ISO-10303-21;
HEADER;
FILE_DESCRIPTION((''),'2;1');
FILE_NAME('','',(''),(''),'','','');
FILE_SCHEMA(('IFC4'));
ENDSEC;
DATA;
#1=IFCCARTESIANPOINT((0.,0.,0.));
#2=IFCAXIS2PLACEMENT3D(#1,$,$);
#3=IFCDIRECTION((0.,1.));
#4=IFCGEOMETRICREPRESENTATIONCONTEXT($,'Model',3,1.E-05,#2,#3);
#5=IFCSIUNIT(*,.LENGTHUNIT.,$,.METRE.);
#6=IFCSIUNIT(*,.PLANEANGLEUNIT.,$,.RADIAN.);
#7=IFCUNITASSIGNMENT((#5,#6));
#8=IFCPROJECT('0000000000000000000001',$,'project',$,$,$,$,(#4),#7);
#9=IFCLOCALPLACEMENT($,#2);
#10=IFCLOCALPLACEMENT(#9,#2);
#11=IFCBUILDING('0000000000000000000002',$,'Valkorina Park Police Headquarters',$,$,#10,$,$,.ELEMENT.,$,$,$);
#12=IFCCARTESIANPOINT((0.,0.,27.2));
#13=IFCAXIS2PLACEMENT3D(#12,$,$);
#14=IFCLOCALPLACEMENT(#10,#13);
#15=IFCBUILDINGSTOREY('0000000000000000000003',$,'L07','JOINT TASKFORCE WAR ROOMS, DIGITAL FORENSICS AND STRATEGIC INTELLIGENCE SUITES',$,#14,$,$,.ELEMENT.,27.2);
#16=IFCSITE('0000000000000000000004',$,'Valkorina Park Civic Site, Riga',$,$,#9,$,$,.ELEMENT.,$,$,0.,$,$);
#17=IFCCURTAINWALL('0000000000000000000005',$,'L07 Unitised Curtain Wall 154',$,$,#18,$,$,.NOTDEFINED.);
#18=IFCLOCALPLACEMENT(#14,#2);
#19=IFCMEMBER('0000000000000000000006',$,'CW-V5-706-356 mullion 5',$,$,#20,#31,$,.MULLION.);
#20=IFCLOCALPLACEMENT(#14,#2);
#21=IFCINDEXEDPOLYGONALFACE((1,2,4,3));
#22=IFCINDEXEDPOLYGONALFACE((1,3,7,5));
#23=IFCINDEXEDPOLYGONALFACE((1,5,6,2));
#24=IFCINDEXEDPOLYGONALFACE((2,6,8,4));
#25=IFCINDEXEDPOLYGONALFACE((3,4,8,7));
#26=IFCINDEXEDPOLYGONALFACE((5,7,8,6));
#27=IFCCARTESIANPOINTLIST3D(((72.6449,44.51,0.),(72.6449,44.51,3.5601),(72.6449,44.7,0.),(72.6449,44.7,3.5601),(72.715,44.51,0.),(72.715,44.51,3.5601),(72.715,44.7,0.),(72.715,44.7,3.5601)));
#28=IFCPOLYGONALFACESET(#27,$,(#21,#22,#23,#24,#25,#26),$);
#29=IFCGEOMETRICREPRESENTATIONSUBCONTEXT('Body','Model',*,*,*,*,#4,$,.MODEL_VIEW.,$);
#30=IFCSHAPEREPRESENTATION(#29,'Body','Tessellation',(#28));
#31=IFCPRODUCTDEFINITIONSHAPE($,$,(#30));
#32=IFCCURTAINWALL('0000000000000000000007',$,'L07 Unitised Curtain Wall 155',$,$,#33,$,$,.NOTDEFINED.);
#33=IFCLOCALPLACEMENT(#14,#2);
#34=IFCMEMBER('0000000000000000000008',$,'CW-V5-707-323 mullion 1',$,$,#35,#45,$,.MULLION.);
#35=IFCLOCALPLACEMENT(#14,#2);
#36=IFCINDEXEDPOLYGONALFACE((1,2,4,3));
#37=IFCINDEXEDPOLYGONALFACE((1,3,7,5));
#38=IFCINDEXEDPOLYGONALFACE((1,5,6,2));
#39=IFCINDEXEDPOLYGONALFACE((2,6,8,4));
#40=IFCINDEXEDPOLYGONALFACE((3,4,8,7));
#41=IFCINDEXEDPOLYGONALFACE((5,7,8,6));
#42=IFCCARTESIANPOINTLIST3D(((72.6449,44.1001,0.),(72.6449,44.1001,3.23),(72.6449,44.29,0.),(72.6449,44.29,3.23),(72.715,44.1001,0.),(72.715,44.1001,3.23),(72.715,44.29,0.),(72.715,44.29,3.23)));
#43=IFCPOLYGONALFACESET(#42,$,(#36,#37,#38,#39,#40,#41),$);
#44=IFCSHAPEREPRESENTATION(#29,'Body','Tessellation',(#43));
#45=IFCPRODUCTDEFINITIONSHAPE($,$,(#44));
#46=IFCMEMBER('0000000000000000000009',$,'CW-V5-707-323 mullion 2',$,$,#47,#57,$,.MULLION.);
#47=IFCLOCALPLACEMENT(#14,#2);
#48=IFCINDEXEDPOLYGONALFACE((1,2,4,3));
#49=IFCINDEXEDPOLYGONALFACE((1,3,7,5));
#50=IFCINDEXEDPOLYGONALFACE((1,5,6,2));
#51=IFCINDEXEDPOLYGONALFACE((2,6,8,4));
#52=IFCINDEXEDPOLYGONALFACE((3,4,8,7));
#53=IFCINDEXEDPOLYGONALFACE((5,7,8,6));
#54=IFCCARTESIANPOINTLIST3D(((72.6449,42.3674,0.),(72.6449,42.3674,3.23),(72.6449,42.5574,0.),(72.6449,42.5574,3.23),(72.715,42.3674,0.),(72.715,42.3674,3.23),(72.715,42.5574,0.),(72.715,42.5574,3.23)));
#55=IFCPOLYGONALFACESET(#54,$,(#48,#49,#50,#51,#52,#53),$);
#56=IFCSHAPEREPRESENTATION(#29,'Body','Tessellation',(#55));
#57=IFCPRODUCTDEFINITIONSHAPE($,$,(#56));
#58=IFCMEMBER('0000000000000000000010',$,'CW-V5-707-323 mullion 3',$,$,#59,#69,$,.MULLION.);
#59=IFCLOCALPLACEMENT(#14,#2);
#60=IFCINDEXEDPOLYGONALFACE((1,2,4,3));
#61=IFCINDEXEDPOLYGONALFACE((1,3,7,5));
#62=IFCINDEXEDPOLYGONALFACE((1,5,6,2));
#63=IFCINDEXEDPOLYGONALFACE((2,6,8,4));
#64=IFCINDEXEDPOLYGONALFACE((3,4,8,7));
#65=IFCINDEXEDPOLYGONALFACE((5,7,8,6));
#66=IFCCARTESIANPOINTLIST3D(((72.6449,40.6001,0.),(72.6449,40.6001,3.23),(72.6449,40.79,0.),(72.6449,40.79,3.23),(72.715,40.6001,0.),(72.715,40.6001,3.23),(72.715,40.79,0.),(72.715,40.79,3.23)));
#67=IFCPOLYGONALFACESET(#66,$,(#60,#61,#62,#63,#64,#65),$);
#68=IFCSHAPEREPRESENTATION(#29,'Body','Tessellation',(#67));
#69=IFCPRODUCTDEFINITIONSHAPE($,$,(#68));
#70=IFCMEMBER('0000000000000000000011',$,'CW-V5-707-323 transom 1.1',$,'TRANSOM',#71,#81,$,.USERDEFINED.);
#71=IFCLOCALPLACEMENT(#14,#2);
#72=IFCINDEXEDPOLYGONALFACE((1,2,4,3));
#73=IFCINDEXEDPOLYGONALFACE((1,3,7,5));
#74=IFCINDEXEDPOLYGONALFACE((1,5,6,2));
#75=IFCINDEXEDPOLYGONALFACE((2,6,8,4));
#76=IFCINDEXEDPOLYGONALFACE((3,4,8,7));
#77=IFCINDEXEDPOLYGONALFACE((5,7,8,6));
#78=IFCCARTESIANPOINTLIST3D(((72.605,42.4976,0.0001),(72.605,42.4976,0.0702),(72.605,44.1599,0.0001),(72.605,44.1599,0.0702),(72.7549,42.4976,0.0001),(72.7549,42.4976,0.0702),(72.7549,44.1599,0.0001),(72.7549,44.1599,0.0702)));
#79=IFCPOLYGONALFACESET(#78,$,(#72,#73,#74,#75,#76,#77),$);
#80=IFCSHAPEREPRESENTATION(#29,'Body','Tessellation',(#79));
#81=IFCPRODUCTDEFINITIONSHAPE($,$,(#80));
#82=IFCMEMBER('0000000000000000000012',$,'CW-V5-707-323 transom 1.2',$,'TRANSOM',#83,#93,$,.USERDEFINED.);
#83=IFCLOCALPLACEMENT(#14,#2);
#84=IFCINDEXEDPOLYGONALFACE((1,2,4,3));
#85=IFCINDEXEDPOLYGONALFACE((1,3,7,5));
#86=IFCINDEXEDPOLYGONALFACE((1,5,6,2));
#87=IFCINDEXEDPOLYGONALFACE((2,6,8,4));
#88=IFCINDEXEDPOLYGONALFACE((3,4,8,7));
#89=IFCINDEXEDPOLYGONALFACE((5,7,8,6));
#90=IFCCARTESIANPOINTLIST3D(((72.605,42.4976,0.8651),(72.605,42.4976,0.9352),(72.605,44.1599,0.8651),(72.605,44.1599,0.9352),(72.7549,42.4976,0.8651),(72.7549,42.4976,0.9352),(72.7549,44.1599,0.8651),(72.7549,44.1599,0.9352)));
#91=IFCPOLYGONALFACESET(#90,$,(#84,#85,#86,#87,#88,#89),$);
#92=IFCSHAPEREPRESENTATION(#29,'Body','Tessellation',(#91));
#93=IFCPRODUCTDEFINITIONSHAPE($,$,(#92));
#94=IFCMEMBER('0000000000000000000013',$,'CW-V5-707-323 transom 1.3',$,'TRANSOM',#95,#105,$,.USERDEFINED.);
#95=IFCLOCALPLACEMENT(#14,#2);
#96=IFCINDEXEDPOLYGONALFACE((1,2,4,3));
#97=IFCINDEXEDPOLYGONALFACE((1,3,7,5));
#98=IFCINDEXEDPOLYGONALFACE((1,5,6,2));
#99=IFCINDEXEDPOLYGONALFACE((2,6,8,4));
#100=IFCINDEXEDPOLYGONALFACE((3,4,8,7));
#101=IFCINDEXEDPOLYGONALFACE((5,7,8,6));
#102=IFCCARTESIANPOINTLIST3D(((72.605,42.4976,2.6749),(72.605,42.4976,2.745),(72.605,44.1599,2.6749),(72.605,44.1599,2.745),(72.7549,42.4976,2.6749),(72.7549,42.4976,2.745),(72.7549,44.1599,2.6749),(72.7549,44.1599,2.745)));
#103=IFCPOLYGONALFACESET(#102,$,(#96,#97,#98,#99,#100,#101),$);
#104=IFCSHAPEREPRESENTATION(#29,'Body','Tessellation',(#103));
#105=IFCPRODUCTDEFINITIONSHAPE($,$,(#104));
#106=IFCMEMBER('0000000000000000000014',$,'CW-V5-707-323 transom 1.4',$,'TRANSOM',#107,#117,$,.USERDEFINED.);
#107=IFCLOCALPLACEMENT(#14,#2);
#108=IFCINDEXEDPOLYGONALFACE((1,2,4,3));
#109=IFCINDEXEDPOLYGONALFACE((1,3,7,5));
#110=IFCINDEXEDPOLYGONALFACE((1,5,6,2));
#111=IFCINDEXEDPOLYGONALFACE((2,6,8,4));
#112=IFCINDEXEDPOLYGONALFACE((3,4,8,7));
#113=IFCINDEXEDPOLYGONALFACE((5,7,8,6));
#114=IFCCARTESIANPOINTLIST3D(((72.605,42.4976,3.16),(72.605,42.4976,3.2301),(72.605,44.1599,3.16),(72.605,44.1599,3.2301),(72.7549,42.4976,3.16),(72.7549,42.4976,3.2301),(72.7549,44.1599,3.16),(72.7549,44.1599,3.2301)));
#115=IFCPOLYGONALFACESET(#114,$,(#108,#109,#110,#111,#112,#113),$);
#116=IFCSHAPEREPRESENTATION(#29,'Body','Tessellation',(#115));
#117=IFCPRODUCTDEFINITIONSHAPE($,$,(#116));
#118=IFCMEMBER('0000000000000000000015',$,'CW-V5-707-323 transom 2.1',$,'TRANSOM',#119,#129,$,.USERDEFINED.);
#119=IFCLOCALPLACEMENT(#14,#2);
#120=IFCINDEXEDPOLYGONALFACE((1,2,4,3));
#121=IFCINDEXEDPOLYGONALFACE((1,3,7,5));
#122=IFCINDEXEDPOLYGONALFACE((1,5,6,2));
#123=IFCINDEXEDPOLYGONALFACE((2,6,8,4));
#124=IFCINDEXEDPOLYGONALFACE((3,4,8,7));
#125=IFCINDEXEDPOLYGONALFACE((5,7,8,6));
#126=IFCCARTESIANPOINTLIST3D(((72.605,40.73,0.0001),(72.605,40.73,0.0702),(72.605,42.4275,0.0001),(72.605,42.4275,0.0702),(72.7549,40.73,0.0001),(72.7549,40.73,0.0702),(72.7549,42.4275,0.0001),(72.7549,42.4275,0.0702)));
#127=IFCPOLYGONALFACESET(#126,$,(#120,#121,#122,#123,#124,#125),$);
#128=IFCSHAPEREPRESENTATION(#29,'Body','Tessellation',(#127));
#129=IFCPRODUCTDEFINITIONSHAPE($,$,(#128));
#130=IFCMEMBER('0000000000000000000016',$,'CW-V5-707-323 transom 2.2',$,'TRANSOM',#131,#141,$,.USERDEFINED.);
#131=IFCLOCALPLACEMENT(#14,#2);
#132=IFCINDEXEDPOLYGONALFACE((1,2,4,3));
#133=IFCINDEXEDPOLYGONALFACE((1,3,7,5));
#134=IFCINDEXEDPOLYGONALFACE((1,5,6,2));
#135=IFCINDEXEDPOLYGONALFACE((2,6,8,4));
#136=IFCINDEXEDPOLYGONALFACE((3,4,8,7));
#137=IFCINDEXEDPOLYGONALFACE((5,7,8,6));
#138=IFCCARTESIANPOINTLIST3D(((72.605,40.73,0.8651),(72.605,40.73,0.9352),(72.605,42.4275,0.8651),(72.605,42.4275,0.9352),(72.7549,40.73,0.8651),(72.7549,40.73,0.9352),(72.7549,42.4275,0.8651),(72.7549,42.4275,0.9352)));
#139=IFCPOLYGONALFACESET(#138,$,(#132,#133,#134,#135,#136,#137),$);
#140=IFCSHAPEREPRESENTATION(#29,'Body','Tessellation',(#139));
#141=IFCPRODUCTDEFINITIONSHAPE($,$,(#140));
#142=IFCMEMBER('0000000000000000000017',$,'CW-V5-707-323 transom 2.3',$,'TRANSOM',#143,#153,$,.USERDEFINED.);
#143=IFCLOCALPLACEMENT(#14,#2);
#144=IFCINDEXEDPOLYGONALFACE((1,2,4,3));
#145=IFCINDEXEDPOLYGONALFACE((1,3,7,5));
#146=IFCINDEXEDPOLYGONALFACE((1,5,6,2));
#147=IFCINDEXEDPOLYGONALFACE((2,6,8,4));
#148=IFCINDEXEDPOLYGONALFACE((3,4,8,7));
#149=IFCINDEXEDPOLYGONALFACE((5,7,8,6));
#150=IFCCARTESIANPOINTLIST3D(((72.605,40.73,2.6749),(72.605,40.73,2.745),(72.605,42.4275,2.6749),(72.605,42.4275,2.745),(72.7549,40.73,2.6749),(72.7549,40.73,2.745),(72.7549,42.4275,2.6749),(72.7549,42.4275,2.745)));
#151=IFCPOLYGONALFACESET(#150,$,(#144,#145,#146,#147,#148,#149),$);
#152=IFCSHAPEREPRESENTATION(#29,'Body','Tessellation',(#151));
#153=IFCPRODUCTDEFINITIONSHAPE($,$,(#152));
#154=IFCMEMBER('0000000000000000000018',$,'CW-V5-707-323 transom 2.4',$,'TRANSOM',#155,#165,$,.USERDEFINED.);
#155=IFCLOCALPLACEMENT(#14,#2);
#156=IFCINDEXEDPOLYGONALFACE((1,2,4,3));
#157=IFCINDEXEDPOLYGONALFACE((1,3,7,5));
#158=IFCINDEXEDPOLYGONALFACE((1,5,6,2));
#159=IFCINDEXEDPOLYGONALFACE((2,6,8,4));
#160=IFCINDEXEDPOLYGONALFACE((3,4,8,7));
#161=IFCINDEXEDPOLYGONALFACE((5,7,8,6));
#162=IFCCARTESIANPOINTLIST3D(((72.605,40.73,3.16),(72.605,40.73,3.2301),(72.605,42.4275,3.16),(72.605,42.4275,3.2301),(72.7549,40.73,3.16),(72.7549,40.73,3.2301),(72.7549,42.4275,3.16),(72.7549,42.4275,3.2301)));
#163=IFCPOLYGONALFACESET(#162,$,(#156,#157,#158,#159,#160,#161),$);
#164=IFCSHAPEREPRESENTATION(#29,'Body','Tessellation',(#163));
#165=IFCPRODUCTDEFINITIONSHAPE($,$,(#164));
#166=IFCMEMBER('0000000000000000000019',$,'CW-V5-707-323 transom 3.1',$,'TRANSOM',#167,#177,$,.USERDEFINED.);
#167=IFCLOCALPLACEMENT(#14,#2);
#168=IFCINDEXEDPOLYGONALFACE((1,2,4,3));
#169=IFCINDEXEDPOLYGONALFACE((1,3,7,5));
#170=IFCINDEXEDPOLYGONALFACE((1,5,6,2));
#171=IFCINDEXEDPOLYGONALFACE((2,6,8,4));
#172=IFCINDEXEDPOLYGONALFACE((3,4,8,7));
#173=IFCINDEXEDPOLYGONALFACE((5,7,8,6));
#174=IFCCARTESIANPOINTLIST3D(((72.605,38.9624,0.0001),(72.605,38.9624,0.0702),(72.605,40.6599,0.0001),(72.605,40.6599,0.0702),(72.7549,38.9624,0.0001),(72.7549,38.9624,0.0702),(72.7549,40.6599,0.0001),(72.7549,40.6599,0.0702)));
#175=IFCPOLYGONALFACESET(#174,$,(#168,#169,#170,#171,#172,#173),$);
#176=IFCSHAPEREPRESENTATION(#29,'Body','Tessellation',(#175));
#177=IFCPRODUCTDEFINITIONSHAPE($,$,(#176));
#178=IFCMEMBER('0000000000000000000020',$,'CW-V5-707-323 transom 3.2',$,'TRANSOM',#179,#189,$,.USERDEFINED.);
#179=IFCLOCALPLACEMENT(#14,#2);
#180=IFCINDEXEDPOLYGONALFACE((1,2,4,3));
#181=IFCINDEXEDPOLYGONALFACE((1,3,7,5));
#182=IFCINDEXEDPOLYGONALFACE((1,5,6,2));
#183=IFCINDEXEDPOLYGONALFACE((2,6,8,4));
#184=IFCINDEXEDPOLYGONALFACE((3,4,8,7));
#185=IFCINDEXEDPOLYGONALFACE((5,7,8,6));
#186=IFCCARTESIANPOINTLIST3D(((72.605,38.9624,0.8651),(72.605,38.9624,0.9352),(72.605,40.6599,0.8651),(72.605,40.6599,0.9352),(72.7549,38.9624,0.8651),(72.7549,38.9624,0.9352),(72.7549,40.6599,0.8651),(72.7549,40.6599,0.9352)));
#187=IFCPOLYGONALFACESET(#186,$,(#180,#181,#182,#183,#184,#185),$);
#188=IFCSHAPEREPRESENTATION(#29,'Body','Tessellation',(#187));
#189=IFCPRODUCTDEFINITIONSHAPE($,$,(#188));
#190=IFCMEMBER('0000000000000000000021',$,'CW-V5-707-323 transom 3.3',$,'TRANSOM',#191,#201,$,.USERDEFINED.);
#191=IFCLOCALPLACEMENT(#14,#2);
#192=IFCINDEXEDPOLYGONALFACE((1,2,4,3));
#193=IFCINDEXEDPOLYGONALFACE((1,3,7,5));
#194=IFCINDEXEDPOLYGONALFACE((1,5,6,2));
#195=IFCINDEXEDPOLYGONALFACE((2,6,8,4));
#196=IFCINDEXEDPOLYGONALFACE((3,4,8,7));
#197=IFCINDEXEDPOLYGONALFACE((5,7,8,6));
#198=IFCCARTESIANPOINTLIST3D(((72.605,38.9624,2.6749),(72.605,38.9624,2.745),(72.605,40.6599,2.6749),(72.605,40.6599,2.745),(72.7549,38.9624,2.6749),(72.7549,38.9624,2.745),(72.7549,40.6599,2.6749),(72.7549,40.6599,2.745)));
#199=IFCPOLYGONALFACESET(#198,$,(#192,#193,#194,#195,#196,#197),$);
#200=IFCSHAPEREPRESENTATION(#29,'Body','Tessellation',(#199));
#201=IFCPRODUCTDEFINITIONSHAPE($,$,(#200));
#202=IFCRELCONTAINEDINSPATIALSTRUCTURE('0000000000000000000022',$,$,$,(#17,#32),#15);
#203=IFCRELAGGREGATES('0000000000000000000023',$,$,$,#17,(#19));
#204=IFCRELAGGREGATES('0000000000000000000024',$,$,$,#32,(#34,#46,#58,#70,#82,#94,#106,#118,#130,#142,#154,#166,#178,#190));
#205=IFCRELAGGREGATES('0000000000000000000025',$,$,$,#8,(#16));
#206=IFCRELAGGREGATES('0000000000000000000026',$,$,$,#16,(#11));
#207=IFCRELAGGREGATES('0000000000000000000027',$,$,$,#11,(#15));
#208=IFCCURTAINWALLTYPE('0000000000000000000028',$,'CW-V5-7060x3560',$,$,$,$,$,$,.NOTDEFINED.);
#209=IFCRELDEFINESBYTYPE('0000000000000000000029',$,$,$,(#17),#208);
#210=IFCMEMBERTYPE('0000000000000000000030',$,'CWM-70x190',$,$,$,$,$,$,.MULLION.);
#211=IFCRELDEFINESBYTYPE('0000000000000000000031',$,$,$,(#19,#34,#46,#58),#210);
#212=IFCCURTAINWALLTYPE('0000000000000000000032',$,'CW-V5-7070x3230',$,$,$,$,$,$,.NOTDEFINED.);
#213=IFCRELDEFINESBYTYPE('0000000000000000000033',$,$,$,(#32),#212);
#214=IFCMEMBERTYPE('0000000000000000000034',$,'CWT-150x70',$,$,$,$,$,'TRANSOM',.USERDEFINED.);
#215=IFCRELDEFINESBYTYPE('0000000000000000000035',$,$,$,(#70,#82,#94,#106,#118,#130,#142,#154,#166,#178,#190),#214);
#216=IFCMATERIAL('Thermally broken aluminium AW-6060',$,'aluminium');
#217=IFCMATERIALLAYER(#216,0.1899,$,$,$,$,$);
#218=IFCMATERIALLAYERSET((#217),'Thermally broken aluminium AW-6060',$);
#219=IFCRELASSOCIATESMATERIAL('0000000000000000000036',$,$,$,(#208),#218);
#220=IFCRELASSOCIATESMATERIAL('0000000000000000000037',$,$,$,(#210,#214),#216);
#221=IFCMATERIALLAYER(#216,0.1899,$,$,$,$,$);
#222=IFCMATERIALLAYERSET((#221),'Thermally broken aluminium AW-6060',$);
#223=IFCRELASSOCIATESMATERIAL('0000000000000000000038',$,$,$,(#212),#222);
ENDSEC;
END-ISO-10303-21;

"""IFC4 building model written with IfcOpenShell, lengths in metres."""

from ifc_helpers import new_model, si_unit, direction, frame, origin, origin_2d, place, context, subcontext, project, spatial, rectangle, extrude, material, layer, layer_set, material_profile, profile_set, type_object, element, aggregate, save


model = new_model("IFC4")

# Units and contexts
model_context = context("Model", 3, precision=1e-05, world=origin(), true_north=direction((0.0, 1.0)))
body_context = subcontext(model_context, "Body", "Model", "MODEL_VIEW")
ifc_project = project(units=[si_unit("LENGTHUNIT", "METRE"), si_unit("PLANEANGLEUNIT", "RADIAN")], contexts=[model_context])

# Site, building, storey
site_placement = place(None, origin())
site = spatial("IfcSite", under=ifc_project, at=site_placement, Name="Valkorina Park Civic Site, Riga", CompositionType="ELEMENT", RefElevation=0.0)
building_placement = place(site_placement, origin())
building = spatial("IfcBuilding", under=site, at=building_placement, Name="Valkorina Park Police Headquarters", CompositionType="ELEMENT")
storey_placement = place(building_placement, frame((0.0, 0.0, 27.2)))
storey = spatial("IfcBuildingStorey", under=building, at=storey_placement, Name="L07", Description="JOINT TASKFORCE WAR ROOMS, DIGITAL FORENSICS AND STRATEGIC INTELLIGENCE SUITES", CompositionType="ELEMENT", Elevation=27.2)

# Curtain wall, member
ifc_material_1 = material(Name="Thermally broken aluminium AW-6060", Category="aluminium")
ifc_layer_1 = layer(ifc_material_1, 0.1899)
ifc_layer_set_1 = layer_set([ifc_layer_1], Name="Thermally broken aluminium AW-6060")
curtain_wall_type_1 = type_object("IfcCurtainWallType", Name="CW-V5-7060x3560", PredefinedType="NOTDEFINED", material=ifc_layer_set_1)
curtain_wall_1_placement = place(storey_placement, origin())
curtain_wall_1 = element("IfcCurtainWall", 1, at=curtain_wall_1_placement, inside=storey, type_object=curtain_wall_type_1, Name="L07 Unitised Curtain Wall 154", PredefinedType="NOTDEFINED")
ifc_material_profile_1 = material_profile(ifc_material_1, rectangle(XDim=0.0701, YDim=0.1899, at=origin_2d()), Name="CWM-02 70x190")
ifc_profile_set_1 = profile_set([ifc_material_profile_1], Name="Thermally broken aluminium AW-6060")
member_type_1 = type_object("IfcMemberType", Name="CWM-70x190", PredefinedType="MULLION", material=ifc_profile_set_1)
member_1_placement = place(storey_placement, frame((72.6799, 44.605, 0.0), z_axis=(0.0, 0.0, 1.0), x_axis=(1.0, 0.0, 0.0)))
member_1 = element("IfcMember", 2, at=member_1_placement, type_object=member_type_1, Name="CW-V5-706-356 mullion 5", PredefinedType="MULLION", context=body_context, shape_type="SweptSolid", body=[
    extrude(rectangle(XDim=0.0701, YDim=0.1899, at=origin_2d()), origin(), (0.0, 0.0, 1.0), 3.5601),
])

# Curtain wall, members
ifc_layer_2 = layer(ifc_material_1, 0.1899)
ifc_layer_set_2 = layer_set([ifc_layer_2], Name="Thermally broken aluminium AW-6060")
curtain_wall_type_2 = type_object("IfcCurtainWallType", Name="CW-V5-7070x3230", PredefinedType="NOTDEFINED", material=ifc_layer_set_2)
curtain_wall_2_placement = place(storey_placement, origin())
curtain_wall_2 = element("IfcCurtainWall", 3, at=curtain_wall_2_placement, inside=storey, type_object=curtain_wall_type_2, Name="L07 Unitised Curtain Wall 155", PredefinedType="NOTDEFINED")
member_2_placement = place(storey_placement, frame((72.6799, 44.1951, 0.0), z_axis=(0.0, 0.0, 1.0), x_axis=(1.0, 0.0, 0.0)))
member_2 = element("IfcMember", 4, at=member_2_placement, type_object=member_type_1, Name="CW-V5-707-323 mullion 1", PredefinedType="MULLION", context=body_context, shape_type="SweptSolid", body=[
    extrude(rectangle(XDim=0.0701, YDim=0.1899, at=origin_2d()), origin(), (0.0, 0.0, 1.0), 3.23),
])
member_3_placement = place(storey_placement, frame((72.6799, 42.4624, 0.0), z_axis=(0.0, 0.0, 1.0), x_axis=(1.0, 0.0, 0.0)))
member_3 = element("IfcMember", 5, at=member_3_placement, type_object=member_type_1, Name="CW-V5-707-323 mullion 2", PredefinedType="MULLION", context=body_context, shape_type="SweptSolid", body=[
    extrude(rectangle(XDim=0.0701, YDim=0.1899, at=origin_2d()), origin(), (0.0, 0.0, 1.0), 3.23),
])
member_4_placement = place(storey_placement, frame((72.6799, 40.6951, 0.0), z_axis=(0.0, 0.0, 1.0), x_axis=(1.0, 0.0, 0.0)))
member_4 = element("IfcMember", 6, at=member_4_placement, type_object=member_type_1, Name="CW-V5-707-323 mullion 3", PredefinedType="MULLION", context=body_context, shape_type="SweptSolid", body=[
    extrude(rectangle(XDim=0.0701, YDim=0.1899, at=origin_2d()), origin(), (0.0, 0.0, 1.0), 3.23),
])
ifc_material_profile_2 = material_profile(ifc_material_1, rectangle(XDim=0.1499, YDim=0.0701, at=origin_2d()), Name="CWT-02 150x70")
ifc_profile_set_2 = profile_set([ifc_material_profile_2], Name="Thermally broken aluminium AW-6060")
member_type_2 = type_object("IfcMemberType", Name="CWT-150x70", ElementType="TRANSOM", PredefinedType="USERDEFINED", material=ifc_profile_set_2)
member_5_placement = place(storey_placement, frame((72.6799, 44.1599, 0.0352), z_axis=(0.0, -1.0, 0.0), x_axis=(1.0, 0.0, 0.0)))
member_5 = element("IfcMember", 7, at=member_5_placement, type_object=member_type_2, Name="CW-V5-707-323 transom 1.1", ObjectType="TRANSOM", PredefinedType="USERDEFINED", context=body_context, shape_type="SweptSolid", body=[
    extrude(rectangle(XDim=0.1499, YDim=0.0701, at=origin_2d()), origin(), (0.0, 0.0, 1.0), 1.6624),
])
member_6_placement = place(storey_placement, frame((72.6799, 44.1599, 0.9001), z_axis=(0.0, -1.0, 0.0), x_axis=(1.0, 0.0, 0.0)))
member_6 = element("IfcMember", 8, at=member_6_placement, type_object=member_type_2, Name="CW-V5-707-323 transom 1.2", ObjectType="TRANSOM", PredefinedType="USERDEFINED", context=body_context, shape_type="SweptSolid", body=[
    extrude(rectangle(XDim=0.1499, YDim=0.0701, at=origin_2d()), origin(), (0.0, 0.0, 1.0), 1.6624),
])
member_7_placement = place(storey_placement, frame((72.6799, 44.1599, 2.71), z_axis=(0.0, -1.0, 0.0), x_axis=(1.0, 0.0, 0.0)))
member_7 = element("IfcMember", 9, at=member_7_placement, type_object=member_type_2, Name="CW-V5-707-323 transom 1.3", ObjectType="TRANSOM", PredefinedType="USERDEFINED", context=body_context, shape_type="SweptSolid", body=[
    extrude(rectangle(XDim=0.1499, YDim=0.0701, at=origin_2d()), origin(), (0.0, 0.0, 1.0), 1.6624),
])
member_8_placement = place(storey_placement, frame((72.6799, 44.1599, 3.1951), z_axis=(0.0, -1.0, 0.0), x_axis=(1.0, 0.0, 0.0)))
member_8 = element("IfcMember", 10, at=member_8_placement, type_object=member_type_2, Name="CW-V5-707-323 transom 1.4", ObjectType="TRANSOM", PredefinedType="USERDEFINED", context=body_context, shape_type="SweptSolid", body=[
    extrude(rectangle(XDim=0.1499, YDim=0.0701, at=origin_2d()), origin(), (0.0, 0.0, 1.0), 1.6624),
])
member_9_placement = place(storey_placement, frame((72.6799, 42.4275, 0.0352), z_axis=(0.0, -1.0, 0.0), x_axis=(1.0, 0.0, 0.0)))
member_9 = element("IfcMember", 11, at=member_9_placement, type_object=member_type_2, Name="CW-V5-707-323 transom 2.1", ObjectType="TRANSOM", PredefinedType="USERDEFINED", context=body_context, shape_type="SweptSolid", body=[
    extrude(rectangle(XDim=0.1499, YDim=0.0701, at=origin_2d()), origin(), (0.0, 0.0, 1.0), 1.6975),
])
member_10_placement = place(storey_placement, frame((72.6799, 42.4275, 0.9001), z_axis=(0.0, -1.0, 0.0), x_axis=(1.0, 0.0, 0.0)))
member_10 = element("IfcMember", 12, at=member_10_placement, type_object=member_type_2, Name="CW-V5-707-323 transom 2.2", ObjectType="TRANSOM", PredefinedType="USERDEFINED", context=body_context, shape_type="SweptSolid", body=[
    extrude(rectangle(XDim=0.1499, YDim=0.0701, at=origin_2d()), origin(), (0.0, 0.0, 1.0), 1.6975),
])
member_11_placement = place(storey_placement, frame((72.6799, 42.4275, 2.71), z_axis=(0.0, -1.0, 0.0), x_axis=(1.0, 0.0, 0.0)))
member_11 = element("IfcMember", 13, at=member_11_placement, type_object=member_type_2, Name="CW-V5-707-323 transom 2.3", ObjectType="TRANSOM", PredefinedType="USERDEFINED", context=body_context, shape_type="SweptSolid", body=[
    extrude(rectangle(XDim=0.1499, YDim=0.0701, at=origin_2d()), origin(), (0.0, 0.0, 1.0), 1.6975),
])
member_12_placement = place(storey_placement, frame((72.6799, 42.4275, 3.1951), z_axis=(0.0, -1.0, 0.0), x_axis=(1.0, 0.0, 0.0)))
member_12 = element("IfcMember", 14, at=member_12_placement, type_object=member_type_2, Name="CW-V5-707-323 transom 2.4", ObjectType="TRANSOM", PredefinedType="USERDEFINED", context=body_context, shape_type="SweptSolid", body=[
    extrude(rectangle(XDim=0.1499, YDim=0.0701, at=origin_2d()), origin(), (0.0, 0.0, 1.0), 1.6975),
])
member_13_placement = place(storey_placement, frame((72.6799, 40.6599, 0.0352), z_axis=(0.0, -1.0, 0.0), x_axis=(1.0, 0.0, 0.0)))
member_13 = element("IfcMember", 15, at=member_13_placement, type_object=member_type_2, Name="CW-V5-707-323 transom 3.1", ObjectType="TRANSOM", PredefinedType="USERDEFINED", context=body_context, shape_type="SweptSolid", body=[
    extrude(rectangle(XDim=0.1499, YDim=0.0701, at=origin_2d()), origin(), (0.0, 0.0, 1.0), 1.6975),
])
member_14_placement = place(storey_placement, frame((72.6799, 40.6599, 0.9001), z_axis=(0.0, -1.0, 0.0), x_axis=(1.0, 0.0, 0.0)))
member_14 = element("IfcMember", 16, at=member_14_placement, type_object=member_type_2, Name="CW-V5-707-323 transom 3.2", ObjectType="TRANSOM", PredefinedType="USERDEFINED", context=body_context, shape_type="SweptSolid", body=[
    extrude(rectangle(XDim=0.1499, YDim=0.0701, at=origin_2d()), origin(), (0.0, 0.0, 1.0), 1.6975),
])
member_15_placement = place(storey_placement, frame((72.6799, 40.6599, 2.71), z_axis=(0.0, -1.0, 0.0), x_axis=(1.0, 0.0, 0.0)))
member_15 = element("IfcMember", 17, at=member_15_placement, type_object=member_type_2, Name="CW-V5-707-323 transom 3.3", ObjectType="TRANSOM", PredefinedType="USERDEFINED", context=body_context, shape_type="SweptSolid", body=[
    extrude(rectangle(XDim=0.1499, YDim=0.0701, at=origin_2d()), origin(), (0.0, 0.0, 1.0), 1.6975),
])

aggregate(curtain_wall_1, [member_1])
aggregate(curtain_wall_2, [member_2, member_3, member_4, member_5, member_6, member_7, member_8, member_9, member_10, member_11, member_12, member_13, member_14, member_15])

save(model, "model.ifc")
